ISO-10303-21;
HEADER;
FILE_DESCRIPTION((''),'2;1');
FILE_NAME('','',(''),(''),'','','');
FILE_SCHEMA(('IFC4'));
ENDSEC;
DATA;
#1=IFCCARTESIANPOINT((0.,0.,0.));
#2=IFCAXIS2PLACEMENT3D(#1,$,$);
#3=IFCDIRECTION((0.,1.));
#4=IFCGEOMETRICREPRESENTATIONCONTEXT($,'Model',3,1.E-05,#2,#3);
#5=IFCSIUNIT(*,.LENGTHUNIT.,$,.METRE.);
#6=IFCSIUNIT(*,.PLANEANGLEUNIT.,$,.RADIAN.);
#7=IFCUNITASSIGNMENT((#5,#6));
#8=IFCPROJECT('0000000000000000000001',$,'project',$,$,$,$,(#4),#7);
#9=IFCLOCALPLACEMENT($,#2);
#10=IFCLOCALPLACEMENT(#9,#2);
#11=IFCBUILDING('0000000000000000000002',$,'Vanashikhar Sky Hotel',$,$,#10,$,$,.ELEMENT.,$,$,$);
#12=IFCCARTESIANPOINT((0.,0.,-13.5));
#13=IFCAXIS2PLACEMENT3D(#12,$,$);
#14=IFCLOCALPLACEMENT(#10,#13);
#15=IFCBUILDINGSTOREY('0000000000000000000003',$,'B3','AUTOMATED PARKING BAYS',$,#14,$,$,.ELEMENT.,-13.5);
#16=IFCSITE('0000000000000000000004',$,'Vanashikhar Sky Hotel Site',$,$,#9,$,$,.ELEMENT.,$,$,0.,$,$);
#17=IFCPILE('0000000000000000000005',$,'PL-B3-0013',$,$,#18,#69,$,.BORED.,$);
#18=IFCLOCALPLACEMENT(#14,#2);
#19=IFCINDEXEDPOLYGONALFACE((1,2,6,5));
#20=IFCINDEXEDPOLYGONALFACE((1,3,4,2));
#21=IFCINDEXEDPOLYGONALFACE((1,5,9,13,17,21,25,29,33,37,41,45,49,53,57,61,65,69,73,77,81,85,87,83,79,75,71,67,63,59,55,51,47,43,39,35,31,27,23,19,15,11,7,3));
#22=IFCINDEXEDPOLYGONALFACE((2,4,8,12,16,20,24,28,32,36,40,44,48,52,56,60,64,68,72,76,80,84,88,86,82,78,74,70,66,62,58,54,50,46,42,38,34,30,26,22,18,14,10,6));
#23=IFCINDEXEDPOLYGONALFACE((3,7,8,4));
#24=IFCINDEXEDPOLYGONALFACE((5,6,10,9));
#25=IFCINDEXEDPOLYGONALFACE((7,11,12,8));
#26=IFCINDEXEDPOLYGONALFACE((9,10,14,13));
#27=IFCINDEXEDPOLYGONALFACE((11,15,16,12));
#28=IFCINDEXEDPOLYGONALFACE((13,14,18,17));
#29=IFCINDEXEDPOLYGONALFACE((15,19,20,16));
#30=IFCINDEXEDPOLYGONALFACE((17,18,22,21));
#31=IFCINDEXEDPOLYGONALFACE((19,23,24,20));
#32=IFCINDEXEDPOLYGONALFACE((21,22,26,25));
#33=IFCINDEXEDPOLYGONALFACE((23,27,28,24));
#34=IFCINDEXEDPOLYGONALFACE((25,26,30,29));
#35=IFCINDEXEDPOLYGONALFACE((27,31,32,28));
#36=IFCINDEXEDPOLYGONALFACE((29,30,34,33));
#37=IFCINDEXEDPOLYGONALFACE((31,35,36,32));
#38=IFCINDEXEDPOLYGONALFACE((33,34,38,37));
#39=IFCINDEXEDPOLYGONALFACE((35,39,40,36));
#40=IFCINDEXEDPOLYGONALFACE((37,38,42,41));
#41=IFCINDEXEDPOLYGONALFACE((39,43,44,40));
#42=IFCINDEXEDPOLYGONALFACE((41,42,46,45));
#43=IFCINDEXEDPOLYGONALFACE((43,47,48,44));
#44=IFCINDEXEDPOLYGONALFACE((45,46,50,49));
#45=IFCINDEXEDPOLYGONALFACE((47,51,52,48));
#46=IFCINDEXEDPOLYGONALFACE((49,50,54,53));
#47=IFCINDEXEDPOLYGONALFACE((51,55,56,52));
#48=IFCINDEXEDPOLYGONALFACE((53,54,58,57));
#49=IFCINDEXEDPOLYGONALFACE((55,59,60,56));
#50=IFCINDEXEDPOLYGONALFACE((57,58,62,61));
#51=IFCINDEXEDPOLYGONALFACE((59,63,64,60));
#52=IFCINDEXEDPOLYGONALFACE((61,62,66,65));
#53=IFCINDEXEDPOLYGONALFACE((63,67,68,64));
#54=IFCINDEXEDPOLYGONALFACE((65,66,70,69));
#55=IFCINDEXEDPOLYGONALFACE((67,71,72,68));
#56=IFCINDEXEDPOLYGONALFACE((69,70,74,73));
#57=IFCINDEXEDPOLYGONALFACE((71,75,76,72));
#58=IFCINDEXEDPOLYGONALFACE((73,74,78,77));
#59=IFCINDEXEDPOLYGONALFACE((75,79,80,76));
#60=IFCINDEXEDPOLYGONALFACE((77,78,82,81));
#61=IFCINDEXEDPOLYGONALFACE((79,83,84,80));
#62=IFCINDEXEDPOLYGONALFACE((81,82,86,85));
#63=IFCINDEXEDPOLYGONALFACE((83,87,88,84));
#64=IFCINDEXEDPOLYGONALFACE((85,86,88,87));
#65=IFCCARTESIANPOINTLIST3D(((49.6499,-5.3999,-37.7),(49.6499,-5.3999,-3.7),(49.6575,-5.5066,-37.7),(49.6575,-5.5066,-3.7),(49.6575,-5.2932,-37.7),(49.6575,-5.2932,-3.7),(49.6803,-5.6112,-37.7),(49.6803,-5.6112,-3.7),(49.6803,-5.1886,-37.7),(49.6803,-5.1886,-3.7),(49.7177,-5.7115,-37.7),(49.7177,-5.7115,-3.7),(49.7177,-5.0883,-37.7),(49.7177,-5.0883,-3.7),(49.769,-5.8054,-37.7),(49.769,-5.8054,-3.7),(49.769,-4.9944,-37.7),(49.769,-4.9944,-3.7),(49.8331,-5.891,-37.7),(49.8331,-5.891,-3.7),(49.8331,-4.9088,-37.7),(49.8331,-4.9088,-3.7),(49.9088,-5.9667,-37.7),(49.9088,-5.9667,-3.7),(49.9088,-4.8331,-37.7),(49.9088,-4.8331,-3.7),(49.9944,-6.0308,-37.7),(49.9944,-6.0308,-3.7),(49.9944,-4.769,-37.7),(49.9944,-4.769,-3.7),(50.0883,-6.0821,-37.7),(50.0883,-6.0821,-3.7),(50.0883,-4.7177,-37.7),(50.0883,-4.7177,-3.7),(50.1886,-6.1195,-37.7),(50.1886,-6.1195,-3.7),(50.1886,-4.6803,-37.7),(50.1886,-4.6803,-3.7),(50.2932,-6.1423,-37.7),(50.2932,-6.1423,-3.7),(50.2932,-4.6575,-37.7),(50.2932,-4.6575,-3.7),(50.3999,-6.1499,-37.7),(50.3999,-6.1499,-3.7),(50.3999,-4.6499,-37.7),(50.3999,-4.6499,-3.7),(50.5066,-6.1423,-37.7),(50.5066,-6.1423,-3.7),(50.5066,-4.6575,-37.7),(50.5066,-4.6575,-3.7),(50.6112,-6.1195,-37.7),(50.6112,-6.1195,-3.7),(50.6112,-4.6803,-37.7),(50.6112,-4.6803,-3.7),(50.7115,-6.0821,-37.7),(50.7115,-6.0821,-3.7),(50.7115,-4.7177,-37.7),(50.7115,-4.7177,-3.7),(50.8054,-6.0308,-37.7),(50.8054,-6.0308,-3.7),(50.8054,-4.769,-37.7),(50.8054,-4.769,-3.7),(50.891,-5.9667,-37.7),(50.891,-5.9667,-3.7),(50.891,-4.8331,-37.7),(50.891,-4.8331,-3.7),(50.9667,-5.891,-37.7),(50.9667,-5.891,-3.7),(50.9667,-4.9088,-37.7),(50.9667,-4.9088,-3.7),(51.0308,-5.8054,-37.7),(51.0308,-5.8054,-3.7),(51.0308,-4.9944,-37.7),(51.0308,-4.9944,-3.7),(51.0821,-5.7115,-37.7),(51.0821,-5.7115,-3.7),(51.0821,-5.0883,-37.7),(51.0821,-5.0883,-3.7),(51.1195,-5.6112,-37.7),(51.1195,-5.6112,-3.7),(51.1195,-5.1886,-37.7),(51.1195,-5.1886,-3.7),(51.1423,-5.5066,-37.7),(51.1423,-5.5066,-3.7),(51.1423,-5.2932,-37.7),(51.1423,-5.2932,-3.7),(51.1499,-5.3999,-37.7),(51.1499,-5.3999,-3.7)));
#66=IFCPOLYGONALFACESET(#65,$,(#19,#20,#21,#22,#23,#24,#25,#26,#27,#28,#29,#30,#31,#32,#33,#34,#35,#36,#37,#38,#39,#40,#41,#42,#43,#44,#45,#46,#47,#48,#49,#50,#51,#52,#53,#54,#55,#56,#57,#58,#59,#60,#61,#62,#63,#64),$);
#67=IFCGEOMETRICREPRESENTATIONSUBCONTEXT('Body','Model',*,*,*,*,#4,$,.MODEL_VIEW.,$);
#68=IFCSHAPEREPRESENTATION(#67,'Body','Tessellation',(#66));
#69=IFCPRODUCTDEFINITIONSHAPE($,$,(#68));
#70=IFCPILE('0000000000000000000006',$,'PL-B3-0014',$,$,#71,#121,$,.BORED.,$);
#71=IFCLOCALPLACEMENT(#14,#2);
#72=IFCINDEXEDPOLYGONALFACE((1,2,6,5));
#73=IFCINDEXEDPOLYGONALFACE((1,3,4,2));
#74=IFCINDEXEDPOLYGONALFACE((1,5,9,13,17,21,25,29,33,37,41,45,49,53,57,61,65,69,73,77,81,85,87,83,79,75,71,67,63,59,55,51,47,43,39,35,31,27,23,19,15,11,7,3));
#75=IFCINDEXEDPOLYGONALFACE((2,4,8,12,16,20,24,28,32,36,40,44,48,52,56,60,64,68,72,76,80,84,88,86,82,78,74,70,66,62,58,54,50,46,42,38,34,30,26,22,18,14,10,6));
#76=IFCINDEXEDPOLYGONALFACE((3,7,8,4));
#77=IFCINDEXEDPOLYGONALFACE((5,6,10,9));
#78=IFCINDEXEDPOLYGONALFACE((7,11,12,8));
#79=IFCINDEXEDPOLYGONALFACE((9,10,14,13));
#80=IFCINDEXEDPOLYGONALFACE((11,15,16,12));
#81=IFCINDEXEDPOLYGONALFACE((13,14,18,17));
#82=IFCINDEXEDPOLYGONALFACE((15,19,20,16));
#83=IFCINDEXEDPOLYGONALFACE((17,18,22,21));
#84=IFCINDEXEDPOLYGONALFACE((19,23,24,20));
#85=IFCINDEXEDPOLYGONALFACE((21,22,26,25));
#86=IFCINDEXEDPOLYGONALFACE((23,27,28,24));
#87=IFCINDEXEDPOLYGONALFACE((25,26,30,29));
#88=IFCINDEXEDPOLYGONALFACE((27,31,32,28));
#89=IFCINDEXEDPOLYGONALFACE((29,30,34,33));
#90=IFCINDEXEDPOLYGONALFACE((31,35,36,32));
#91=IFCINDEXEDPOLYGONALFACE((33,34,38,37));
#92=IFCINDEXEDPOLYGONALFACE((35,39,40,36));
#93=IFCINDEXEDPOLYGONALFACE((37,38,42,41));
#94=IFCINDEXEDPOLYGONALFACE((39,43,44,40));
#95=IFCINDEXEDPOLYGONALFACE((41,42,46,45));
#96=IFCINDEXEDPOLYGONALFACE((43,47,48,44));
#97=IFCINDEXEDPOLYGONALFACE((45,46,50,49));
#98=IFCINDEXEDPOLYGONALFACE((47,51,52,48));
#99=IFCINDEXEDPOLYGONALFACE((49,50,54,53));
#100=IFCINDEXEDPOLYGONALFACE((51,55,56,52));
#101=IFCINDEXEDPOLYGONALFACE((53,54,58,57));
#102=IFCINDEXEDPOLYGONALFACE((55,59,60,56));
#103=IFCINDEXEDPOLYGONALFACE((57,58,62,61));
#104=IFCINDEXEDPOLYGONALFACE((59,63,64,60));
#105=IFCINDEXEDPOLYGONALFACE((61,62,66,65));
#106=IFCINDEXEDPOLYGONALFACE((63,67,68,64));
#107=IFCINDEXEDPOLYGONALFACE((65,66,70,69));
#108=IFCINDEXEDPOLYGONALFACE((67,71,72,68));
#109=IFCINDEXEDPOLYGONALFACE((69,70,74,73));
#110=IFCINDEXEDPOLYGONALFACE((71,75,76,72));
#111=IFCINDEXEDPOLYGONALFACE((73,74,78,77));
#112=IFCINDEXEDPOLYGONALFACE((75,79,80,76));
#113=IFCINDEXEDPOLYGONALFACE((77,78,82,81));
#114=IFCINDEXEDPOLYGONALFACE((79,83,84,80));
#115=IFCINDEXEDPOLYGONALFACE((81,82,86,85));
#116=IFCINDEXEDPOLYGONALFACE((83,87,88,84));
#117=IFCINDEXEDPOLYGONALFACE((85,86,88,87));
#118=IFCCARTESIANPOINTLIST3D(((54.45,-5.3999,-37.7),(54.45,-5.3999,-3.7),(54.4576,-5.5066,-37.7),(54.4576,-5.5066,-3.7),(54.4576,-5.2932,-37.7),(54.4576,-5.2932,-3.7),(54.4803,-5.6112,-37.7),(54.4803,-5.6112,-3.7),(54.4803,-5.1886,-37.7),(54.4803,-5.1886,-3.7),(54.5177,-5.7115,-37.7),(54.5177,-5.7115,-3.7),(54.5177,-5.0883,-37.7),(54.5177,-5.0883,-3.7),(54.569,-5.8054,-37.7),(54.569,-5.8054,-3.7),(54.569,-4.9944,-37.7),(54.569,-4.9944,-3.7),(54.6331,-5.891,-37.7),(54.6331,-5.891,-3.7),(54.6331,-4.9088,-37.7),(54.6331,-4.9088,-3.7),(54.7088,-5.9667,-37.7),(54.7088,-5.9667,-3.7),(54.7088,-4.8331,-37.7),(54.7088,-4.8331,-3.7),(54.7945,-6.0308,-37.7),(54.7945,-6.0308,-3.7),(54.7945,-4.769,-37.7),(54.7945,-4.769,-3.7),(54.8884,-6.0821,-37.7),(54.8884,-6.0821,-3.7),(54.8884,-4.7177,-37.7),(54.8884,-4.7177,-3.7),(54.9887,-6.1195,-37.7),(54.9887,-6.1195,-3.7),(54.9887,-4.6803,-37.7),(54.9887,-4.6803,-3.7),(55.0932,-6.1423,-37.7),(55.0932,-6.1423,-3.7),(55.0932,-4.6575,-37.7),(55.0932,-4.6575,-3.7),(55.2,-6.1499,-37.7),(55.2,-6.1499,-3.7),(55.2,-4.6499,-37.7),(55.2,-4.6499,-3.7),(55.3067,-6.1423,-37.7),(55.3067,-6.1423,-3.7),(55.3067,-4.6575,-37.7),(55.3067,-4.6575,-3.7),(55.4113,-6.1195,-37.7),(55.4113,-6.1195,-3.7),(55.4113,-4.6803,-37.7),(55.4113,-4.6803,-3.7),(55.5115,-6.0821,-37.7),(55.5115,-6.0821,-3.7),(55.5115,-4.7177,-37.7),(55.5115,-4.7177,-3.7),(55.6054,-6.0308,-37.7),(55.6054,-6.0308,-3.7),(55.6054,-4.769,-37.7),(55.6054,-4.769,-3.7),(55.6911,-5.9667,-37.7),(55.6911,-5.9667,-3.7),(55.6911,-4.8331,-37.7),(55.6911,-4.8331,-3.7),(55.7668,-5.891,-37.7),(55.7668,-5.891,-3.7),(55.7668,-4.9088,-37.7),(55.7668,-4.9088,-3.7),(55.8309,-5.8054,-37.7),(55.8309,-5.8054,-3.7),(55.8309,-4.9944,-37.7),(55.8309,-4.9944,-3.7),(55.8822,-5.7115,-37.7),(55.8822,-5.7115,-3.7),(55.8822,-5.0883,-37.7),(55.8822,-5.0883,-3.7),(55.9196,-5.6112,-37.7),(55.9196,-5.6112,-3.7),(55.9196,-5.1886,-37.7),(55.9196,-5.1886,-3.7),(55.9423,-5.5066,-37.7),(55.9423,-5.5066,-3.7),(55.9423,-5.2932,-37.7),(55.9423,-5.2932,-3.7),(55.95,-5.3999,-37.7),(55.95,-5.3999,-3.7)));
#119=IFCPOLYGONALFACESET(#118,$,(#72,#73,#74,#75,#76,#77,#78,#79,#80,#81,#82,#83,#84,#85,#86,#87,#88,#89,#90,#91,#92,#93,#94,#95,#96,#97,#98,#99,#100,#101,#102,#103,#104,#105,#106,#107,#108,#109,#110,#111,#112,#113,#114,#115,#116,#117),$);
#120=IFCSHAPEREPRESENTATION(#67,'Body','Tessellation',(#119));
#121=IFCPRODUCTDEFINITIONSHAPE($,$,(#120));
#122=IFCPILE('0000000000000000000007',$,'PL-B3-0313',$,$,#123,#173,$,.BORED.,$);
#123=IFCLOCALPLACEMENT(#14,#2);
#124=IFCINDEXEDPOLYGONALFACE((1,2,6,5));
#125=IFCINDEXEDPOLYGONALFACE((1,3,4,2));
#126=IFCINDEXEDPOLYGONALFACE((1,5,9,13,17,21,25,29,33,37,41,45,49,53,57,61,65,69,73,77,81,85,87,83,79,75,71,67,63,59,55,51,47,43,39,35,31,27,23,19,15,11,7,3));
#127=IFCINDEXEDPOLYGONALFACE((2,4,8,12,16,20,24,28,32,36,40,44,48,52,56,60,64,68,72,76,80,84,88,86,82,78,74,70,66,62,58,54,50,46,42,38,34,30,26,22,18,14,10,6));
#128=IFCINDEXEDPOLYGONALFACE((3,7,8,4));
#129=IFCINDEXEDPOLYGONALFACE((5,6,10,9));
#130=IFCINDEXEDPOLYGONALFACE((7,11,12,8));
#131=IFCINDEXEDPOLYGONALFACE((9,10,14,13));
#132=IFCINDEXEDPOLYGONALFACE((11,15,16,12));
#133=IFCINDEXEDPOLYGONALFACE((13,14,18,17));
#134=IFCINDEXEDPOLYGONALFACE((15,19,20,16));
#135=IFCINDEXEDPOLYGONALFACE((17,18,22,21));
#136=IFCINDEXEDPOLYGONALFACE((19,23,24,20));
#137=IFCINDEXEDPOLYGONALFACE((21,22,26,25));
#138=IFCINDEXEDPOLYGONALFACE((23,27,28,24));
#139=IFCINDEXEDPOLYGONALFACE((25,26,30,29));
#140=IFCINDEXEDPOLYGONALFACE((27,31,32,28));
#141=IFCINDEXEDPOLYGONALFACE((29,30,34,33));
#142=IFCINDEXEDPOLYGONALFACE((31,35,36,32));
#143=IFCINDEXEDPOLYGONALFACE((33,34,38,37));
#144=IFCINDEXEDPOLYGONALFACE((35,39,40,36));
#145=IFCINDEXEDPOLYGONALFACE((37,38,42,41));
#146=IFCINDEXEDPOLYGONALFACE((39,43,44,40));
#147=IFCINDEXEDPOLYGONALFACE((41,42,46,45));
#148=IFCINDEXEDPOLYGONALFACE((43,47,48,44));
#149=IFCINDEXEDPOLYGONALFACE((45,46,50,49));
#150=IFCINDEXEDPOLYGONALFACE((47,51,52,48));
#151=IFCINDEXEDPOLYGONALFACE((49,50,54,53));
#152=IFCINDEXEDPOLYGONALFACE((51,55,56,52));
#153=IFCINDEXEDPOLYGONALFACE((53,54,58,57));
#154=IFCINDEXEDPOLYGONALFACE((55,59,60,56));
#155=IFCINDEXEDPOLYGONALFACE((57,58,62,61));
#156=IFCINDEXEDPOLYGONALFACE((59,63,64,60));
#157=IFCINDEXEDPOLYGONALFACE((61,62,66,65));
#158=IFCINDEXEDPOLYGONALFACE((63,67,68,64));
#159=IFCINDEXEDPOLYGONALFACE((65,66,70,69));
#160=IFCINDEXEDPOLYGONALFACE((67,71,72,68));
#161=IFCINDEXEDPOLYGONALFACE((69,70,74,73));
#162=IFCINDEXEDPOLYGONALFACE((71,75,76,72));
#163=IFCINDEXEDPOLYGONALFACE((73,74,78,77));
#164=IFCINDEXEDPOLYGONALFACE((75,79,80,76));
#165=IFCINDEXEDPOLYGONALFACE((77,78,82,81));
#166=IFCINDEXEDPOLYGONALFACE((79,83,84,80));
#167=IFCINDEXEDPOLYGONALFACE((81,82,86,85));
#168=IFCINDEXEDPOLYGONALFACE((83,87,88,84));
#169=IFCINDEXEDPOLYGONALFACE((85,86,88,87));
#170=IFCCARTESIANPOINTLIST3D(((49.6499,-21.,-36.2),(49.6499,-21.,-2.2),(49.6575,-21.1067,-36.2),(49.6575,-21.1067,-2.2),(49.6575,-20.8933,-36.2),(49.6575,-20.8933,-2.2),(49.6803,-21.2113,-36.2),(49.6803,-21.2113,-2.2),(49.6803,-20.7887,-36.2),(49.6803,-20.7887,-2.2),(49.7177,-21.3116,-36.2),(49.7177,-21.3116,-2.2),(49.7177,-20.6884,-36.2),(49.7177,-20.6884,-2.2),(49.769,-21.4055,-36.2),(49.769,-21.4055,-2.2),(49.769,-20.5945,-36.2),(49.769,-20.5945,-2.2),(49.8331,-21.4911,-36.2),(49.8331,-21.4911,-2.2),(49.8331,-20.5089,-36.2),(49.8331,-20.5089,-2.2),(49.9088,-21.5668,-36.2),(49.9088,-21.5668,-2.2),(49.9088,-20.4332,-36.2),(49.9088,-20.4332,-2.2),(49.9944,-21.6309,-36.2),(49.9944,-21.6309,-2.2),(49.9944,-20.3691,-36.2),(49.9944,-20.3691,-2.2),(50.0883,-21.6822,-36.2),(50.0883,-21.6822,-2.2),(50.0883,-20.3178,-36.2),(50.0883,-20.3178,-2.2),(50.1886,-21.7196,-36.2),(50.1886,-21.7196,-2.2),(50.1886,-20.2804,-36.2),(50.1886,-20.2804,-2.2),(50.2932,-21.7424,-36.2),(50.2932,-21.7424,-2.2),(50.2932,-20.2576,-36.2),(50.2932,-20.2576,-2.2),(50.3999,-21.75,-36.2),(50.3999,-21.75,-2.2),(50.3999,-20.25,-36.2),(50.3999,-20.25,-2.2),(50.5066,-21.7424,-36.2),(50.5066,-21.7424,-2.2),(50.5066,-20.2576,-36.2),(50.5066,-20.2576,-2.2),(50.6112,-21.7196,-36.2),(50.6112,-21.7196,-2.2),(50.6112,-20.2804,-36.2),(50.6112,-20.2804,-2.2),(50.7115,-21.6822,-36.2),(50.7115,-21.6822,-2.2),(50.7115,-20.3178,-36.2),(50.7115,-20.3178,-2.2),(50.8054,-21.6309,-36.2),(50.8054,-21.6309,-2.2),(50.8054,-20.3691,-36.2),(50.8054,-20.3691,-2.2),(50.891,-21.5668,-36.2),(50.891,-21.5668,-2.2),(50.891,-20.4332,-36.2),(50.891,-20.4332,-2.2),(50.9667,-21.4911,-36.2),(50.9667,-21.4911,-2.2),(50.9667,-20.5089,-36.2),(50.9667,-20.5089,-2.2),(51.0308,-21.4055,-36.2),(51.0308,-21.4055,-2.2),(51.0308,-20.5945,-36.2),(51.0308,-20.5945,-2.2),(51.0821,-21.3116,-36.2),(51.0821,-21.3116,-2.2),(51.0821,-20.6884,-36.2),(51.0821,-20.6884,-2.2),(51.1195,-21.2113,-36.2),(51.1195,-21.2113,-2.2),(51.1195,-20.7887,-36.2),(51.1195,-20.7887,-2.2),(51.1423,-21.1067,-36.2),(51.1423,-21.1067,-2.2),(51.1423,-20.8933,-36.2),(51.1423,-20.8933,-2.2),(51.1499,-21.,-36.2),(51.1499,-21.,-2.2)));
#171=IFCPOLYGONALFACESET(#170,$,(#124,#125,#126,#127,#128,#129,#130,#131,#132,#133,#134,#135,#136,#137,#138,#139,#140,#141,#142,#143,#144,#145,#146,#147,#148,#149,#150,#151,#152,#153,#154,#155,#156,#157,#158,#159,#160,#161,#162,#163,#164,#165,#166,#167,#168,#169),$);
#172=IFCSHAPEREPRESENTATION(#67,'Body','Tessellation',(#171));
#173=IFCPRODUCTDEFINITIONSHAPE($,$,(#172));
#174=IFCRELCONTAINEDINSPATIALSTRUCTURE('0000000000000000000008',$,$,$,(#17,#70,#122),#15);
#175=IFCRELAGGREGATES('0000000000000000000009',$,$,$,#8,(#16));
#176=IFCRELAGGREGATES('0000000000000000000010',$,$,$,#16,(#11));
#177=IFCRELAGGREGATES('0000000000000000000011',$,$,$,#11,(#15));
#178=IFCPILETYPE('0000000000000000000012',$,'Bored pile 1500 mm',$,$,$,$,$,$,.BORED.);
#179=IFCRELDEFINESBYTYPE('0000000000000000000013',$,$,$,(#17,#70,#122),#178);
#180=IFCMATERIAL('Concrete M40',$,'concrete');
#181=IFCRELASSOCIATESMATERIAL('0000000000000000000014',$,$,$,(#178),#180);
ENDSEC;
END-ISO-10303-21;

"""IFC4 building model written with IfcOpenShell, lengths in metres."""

from ifc_helpers import new_model, si_unit, direction, frame, origin, origin_2d, place, context, subcontext, project, spatial, circle, extrude, source, transform, mapped, material, type_object, element, save


model = new_model("IFC4")

# Units and contexts
model_context = context("Model", 3, precision=1e-05, world=origin(), true_north=direction((0.0, 1.0)))
body_context = subcontext(model_context, "Body", "Model", "MODEL_VIEW")
ifc_project = project(units=[si_unit("LENGTHUNIT", "METRE"), si_unit("PLANEANGLEUNIT", "RADIAN")], contexts=[model_context])

# Site, building, storey
site_placement = place(None, origin())
site = spatial("IfcSite", under=ifc_project, at=site_placement, Name="Vanashikhar Sky Hotel Site", CompositionType="ELEMENT", RefElevation=0.0)
building_placement = place(site_placement, origin())
building = spatial("IfcBuilding", under=site, at=building_placement, Name="Vanashikhar Sky Hotel", CompositionType="ELEMENT")
storey_placement = place(building_placement, frame((0.0, 0.0, -13.5)))
storey = spatial("IfcBuildingStorey", under=building, at=storey_placement, Name="B3", Description="AUTOMATED PARKING BAYS", CompositionType="ELEMENT", Elevation=-13.5)

# Piles
ifc_material_1 = material(Name="Concrete M40", Category="concrete")
pile_type_1 = type_object("IfcPileType", Name="Bored pile 1500 mm", PredefinedType="BORED", material=ifc_material_1)
shared_shape_1 = source(origin(), body_context, "Body", "SweptSolid", [
    extrude(circle(Radius=0.75, at=origin_2d()), origin(), (0.0, 0.0, 1.0), 34.0),
])
for number, where, z_axis, x_axis, name in (
    (1, (50.3999, -5.3999, -3.7), (0.0, 0.0, -1.0), (1.0, 0.0, 0.0), "PL-B3-0013"),
    (2, (55.2, -5.3999, -3.7), (0.0, 0.0, -1.0), (1.0, 0.0, 0.0), "PL-B3-0014"),
    (3, (50.3999, -21.0, -2.2), (0.0, 0.0, -1.0), (1.0, 0.0, 0.0), "PL-B3-0313"),
):
    element("IfcPile", number, at=place(storey_placement, frame(where, z_axis=z_axis, x_axis=x_axis)), inside=storey, type_object=pile_type_1, Name=name, PredefinedType="BORED", context=body_context, shape_type="MappedRepresentation", body=[
        mapped(shared_shape_1, transform((0.0, 0.0, 0.0), scale=1.0)),
    ])

save(model, "model.ifc")
